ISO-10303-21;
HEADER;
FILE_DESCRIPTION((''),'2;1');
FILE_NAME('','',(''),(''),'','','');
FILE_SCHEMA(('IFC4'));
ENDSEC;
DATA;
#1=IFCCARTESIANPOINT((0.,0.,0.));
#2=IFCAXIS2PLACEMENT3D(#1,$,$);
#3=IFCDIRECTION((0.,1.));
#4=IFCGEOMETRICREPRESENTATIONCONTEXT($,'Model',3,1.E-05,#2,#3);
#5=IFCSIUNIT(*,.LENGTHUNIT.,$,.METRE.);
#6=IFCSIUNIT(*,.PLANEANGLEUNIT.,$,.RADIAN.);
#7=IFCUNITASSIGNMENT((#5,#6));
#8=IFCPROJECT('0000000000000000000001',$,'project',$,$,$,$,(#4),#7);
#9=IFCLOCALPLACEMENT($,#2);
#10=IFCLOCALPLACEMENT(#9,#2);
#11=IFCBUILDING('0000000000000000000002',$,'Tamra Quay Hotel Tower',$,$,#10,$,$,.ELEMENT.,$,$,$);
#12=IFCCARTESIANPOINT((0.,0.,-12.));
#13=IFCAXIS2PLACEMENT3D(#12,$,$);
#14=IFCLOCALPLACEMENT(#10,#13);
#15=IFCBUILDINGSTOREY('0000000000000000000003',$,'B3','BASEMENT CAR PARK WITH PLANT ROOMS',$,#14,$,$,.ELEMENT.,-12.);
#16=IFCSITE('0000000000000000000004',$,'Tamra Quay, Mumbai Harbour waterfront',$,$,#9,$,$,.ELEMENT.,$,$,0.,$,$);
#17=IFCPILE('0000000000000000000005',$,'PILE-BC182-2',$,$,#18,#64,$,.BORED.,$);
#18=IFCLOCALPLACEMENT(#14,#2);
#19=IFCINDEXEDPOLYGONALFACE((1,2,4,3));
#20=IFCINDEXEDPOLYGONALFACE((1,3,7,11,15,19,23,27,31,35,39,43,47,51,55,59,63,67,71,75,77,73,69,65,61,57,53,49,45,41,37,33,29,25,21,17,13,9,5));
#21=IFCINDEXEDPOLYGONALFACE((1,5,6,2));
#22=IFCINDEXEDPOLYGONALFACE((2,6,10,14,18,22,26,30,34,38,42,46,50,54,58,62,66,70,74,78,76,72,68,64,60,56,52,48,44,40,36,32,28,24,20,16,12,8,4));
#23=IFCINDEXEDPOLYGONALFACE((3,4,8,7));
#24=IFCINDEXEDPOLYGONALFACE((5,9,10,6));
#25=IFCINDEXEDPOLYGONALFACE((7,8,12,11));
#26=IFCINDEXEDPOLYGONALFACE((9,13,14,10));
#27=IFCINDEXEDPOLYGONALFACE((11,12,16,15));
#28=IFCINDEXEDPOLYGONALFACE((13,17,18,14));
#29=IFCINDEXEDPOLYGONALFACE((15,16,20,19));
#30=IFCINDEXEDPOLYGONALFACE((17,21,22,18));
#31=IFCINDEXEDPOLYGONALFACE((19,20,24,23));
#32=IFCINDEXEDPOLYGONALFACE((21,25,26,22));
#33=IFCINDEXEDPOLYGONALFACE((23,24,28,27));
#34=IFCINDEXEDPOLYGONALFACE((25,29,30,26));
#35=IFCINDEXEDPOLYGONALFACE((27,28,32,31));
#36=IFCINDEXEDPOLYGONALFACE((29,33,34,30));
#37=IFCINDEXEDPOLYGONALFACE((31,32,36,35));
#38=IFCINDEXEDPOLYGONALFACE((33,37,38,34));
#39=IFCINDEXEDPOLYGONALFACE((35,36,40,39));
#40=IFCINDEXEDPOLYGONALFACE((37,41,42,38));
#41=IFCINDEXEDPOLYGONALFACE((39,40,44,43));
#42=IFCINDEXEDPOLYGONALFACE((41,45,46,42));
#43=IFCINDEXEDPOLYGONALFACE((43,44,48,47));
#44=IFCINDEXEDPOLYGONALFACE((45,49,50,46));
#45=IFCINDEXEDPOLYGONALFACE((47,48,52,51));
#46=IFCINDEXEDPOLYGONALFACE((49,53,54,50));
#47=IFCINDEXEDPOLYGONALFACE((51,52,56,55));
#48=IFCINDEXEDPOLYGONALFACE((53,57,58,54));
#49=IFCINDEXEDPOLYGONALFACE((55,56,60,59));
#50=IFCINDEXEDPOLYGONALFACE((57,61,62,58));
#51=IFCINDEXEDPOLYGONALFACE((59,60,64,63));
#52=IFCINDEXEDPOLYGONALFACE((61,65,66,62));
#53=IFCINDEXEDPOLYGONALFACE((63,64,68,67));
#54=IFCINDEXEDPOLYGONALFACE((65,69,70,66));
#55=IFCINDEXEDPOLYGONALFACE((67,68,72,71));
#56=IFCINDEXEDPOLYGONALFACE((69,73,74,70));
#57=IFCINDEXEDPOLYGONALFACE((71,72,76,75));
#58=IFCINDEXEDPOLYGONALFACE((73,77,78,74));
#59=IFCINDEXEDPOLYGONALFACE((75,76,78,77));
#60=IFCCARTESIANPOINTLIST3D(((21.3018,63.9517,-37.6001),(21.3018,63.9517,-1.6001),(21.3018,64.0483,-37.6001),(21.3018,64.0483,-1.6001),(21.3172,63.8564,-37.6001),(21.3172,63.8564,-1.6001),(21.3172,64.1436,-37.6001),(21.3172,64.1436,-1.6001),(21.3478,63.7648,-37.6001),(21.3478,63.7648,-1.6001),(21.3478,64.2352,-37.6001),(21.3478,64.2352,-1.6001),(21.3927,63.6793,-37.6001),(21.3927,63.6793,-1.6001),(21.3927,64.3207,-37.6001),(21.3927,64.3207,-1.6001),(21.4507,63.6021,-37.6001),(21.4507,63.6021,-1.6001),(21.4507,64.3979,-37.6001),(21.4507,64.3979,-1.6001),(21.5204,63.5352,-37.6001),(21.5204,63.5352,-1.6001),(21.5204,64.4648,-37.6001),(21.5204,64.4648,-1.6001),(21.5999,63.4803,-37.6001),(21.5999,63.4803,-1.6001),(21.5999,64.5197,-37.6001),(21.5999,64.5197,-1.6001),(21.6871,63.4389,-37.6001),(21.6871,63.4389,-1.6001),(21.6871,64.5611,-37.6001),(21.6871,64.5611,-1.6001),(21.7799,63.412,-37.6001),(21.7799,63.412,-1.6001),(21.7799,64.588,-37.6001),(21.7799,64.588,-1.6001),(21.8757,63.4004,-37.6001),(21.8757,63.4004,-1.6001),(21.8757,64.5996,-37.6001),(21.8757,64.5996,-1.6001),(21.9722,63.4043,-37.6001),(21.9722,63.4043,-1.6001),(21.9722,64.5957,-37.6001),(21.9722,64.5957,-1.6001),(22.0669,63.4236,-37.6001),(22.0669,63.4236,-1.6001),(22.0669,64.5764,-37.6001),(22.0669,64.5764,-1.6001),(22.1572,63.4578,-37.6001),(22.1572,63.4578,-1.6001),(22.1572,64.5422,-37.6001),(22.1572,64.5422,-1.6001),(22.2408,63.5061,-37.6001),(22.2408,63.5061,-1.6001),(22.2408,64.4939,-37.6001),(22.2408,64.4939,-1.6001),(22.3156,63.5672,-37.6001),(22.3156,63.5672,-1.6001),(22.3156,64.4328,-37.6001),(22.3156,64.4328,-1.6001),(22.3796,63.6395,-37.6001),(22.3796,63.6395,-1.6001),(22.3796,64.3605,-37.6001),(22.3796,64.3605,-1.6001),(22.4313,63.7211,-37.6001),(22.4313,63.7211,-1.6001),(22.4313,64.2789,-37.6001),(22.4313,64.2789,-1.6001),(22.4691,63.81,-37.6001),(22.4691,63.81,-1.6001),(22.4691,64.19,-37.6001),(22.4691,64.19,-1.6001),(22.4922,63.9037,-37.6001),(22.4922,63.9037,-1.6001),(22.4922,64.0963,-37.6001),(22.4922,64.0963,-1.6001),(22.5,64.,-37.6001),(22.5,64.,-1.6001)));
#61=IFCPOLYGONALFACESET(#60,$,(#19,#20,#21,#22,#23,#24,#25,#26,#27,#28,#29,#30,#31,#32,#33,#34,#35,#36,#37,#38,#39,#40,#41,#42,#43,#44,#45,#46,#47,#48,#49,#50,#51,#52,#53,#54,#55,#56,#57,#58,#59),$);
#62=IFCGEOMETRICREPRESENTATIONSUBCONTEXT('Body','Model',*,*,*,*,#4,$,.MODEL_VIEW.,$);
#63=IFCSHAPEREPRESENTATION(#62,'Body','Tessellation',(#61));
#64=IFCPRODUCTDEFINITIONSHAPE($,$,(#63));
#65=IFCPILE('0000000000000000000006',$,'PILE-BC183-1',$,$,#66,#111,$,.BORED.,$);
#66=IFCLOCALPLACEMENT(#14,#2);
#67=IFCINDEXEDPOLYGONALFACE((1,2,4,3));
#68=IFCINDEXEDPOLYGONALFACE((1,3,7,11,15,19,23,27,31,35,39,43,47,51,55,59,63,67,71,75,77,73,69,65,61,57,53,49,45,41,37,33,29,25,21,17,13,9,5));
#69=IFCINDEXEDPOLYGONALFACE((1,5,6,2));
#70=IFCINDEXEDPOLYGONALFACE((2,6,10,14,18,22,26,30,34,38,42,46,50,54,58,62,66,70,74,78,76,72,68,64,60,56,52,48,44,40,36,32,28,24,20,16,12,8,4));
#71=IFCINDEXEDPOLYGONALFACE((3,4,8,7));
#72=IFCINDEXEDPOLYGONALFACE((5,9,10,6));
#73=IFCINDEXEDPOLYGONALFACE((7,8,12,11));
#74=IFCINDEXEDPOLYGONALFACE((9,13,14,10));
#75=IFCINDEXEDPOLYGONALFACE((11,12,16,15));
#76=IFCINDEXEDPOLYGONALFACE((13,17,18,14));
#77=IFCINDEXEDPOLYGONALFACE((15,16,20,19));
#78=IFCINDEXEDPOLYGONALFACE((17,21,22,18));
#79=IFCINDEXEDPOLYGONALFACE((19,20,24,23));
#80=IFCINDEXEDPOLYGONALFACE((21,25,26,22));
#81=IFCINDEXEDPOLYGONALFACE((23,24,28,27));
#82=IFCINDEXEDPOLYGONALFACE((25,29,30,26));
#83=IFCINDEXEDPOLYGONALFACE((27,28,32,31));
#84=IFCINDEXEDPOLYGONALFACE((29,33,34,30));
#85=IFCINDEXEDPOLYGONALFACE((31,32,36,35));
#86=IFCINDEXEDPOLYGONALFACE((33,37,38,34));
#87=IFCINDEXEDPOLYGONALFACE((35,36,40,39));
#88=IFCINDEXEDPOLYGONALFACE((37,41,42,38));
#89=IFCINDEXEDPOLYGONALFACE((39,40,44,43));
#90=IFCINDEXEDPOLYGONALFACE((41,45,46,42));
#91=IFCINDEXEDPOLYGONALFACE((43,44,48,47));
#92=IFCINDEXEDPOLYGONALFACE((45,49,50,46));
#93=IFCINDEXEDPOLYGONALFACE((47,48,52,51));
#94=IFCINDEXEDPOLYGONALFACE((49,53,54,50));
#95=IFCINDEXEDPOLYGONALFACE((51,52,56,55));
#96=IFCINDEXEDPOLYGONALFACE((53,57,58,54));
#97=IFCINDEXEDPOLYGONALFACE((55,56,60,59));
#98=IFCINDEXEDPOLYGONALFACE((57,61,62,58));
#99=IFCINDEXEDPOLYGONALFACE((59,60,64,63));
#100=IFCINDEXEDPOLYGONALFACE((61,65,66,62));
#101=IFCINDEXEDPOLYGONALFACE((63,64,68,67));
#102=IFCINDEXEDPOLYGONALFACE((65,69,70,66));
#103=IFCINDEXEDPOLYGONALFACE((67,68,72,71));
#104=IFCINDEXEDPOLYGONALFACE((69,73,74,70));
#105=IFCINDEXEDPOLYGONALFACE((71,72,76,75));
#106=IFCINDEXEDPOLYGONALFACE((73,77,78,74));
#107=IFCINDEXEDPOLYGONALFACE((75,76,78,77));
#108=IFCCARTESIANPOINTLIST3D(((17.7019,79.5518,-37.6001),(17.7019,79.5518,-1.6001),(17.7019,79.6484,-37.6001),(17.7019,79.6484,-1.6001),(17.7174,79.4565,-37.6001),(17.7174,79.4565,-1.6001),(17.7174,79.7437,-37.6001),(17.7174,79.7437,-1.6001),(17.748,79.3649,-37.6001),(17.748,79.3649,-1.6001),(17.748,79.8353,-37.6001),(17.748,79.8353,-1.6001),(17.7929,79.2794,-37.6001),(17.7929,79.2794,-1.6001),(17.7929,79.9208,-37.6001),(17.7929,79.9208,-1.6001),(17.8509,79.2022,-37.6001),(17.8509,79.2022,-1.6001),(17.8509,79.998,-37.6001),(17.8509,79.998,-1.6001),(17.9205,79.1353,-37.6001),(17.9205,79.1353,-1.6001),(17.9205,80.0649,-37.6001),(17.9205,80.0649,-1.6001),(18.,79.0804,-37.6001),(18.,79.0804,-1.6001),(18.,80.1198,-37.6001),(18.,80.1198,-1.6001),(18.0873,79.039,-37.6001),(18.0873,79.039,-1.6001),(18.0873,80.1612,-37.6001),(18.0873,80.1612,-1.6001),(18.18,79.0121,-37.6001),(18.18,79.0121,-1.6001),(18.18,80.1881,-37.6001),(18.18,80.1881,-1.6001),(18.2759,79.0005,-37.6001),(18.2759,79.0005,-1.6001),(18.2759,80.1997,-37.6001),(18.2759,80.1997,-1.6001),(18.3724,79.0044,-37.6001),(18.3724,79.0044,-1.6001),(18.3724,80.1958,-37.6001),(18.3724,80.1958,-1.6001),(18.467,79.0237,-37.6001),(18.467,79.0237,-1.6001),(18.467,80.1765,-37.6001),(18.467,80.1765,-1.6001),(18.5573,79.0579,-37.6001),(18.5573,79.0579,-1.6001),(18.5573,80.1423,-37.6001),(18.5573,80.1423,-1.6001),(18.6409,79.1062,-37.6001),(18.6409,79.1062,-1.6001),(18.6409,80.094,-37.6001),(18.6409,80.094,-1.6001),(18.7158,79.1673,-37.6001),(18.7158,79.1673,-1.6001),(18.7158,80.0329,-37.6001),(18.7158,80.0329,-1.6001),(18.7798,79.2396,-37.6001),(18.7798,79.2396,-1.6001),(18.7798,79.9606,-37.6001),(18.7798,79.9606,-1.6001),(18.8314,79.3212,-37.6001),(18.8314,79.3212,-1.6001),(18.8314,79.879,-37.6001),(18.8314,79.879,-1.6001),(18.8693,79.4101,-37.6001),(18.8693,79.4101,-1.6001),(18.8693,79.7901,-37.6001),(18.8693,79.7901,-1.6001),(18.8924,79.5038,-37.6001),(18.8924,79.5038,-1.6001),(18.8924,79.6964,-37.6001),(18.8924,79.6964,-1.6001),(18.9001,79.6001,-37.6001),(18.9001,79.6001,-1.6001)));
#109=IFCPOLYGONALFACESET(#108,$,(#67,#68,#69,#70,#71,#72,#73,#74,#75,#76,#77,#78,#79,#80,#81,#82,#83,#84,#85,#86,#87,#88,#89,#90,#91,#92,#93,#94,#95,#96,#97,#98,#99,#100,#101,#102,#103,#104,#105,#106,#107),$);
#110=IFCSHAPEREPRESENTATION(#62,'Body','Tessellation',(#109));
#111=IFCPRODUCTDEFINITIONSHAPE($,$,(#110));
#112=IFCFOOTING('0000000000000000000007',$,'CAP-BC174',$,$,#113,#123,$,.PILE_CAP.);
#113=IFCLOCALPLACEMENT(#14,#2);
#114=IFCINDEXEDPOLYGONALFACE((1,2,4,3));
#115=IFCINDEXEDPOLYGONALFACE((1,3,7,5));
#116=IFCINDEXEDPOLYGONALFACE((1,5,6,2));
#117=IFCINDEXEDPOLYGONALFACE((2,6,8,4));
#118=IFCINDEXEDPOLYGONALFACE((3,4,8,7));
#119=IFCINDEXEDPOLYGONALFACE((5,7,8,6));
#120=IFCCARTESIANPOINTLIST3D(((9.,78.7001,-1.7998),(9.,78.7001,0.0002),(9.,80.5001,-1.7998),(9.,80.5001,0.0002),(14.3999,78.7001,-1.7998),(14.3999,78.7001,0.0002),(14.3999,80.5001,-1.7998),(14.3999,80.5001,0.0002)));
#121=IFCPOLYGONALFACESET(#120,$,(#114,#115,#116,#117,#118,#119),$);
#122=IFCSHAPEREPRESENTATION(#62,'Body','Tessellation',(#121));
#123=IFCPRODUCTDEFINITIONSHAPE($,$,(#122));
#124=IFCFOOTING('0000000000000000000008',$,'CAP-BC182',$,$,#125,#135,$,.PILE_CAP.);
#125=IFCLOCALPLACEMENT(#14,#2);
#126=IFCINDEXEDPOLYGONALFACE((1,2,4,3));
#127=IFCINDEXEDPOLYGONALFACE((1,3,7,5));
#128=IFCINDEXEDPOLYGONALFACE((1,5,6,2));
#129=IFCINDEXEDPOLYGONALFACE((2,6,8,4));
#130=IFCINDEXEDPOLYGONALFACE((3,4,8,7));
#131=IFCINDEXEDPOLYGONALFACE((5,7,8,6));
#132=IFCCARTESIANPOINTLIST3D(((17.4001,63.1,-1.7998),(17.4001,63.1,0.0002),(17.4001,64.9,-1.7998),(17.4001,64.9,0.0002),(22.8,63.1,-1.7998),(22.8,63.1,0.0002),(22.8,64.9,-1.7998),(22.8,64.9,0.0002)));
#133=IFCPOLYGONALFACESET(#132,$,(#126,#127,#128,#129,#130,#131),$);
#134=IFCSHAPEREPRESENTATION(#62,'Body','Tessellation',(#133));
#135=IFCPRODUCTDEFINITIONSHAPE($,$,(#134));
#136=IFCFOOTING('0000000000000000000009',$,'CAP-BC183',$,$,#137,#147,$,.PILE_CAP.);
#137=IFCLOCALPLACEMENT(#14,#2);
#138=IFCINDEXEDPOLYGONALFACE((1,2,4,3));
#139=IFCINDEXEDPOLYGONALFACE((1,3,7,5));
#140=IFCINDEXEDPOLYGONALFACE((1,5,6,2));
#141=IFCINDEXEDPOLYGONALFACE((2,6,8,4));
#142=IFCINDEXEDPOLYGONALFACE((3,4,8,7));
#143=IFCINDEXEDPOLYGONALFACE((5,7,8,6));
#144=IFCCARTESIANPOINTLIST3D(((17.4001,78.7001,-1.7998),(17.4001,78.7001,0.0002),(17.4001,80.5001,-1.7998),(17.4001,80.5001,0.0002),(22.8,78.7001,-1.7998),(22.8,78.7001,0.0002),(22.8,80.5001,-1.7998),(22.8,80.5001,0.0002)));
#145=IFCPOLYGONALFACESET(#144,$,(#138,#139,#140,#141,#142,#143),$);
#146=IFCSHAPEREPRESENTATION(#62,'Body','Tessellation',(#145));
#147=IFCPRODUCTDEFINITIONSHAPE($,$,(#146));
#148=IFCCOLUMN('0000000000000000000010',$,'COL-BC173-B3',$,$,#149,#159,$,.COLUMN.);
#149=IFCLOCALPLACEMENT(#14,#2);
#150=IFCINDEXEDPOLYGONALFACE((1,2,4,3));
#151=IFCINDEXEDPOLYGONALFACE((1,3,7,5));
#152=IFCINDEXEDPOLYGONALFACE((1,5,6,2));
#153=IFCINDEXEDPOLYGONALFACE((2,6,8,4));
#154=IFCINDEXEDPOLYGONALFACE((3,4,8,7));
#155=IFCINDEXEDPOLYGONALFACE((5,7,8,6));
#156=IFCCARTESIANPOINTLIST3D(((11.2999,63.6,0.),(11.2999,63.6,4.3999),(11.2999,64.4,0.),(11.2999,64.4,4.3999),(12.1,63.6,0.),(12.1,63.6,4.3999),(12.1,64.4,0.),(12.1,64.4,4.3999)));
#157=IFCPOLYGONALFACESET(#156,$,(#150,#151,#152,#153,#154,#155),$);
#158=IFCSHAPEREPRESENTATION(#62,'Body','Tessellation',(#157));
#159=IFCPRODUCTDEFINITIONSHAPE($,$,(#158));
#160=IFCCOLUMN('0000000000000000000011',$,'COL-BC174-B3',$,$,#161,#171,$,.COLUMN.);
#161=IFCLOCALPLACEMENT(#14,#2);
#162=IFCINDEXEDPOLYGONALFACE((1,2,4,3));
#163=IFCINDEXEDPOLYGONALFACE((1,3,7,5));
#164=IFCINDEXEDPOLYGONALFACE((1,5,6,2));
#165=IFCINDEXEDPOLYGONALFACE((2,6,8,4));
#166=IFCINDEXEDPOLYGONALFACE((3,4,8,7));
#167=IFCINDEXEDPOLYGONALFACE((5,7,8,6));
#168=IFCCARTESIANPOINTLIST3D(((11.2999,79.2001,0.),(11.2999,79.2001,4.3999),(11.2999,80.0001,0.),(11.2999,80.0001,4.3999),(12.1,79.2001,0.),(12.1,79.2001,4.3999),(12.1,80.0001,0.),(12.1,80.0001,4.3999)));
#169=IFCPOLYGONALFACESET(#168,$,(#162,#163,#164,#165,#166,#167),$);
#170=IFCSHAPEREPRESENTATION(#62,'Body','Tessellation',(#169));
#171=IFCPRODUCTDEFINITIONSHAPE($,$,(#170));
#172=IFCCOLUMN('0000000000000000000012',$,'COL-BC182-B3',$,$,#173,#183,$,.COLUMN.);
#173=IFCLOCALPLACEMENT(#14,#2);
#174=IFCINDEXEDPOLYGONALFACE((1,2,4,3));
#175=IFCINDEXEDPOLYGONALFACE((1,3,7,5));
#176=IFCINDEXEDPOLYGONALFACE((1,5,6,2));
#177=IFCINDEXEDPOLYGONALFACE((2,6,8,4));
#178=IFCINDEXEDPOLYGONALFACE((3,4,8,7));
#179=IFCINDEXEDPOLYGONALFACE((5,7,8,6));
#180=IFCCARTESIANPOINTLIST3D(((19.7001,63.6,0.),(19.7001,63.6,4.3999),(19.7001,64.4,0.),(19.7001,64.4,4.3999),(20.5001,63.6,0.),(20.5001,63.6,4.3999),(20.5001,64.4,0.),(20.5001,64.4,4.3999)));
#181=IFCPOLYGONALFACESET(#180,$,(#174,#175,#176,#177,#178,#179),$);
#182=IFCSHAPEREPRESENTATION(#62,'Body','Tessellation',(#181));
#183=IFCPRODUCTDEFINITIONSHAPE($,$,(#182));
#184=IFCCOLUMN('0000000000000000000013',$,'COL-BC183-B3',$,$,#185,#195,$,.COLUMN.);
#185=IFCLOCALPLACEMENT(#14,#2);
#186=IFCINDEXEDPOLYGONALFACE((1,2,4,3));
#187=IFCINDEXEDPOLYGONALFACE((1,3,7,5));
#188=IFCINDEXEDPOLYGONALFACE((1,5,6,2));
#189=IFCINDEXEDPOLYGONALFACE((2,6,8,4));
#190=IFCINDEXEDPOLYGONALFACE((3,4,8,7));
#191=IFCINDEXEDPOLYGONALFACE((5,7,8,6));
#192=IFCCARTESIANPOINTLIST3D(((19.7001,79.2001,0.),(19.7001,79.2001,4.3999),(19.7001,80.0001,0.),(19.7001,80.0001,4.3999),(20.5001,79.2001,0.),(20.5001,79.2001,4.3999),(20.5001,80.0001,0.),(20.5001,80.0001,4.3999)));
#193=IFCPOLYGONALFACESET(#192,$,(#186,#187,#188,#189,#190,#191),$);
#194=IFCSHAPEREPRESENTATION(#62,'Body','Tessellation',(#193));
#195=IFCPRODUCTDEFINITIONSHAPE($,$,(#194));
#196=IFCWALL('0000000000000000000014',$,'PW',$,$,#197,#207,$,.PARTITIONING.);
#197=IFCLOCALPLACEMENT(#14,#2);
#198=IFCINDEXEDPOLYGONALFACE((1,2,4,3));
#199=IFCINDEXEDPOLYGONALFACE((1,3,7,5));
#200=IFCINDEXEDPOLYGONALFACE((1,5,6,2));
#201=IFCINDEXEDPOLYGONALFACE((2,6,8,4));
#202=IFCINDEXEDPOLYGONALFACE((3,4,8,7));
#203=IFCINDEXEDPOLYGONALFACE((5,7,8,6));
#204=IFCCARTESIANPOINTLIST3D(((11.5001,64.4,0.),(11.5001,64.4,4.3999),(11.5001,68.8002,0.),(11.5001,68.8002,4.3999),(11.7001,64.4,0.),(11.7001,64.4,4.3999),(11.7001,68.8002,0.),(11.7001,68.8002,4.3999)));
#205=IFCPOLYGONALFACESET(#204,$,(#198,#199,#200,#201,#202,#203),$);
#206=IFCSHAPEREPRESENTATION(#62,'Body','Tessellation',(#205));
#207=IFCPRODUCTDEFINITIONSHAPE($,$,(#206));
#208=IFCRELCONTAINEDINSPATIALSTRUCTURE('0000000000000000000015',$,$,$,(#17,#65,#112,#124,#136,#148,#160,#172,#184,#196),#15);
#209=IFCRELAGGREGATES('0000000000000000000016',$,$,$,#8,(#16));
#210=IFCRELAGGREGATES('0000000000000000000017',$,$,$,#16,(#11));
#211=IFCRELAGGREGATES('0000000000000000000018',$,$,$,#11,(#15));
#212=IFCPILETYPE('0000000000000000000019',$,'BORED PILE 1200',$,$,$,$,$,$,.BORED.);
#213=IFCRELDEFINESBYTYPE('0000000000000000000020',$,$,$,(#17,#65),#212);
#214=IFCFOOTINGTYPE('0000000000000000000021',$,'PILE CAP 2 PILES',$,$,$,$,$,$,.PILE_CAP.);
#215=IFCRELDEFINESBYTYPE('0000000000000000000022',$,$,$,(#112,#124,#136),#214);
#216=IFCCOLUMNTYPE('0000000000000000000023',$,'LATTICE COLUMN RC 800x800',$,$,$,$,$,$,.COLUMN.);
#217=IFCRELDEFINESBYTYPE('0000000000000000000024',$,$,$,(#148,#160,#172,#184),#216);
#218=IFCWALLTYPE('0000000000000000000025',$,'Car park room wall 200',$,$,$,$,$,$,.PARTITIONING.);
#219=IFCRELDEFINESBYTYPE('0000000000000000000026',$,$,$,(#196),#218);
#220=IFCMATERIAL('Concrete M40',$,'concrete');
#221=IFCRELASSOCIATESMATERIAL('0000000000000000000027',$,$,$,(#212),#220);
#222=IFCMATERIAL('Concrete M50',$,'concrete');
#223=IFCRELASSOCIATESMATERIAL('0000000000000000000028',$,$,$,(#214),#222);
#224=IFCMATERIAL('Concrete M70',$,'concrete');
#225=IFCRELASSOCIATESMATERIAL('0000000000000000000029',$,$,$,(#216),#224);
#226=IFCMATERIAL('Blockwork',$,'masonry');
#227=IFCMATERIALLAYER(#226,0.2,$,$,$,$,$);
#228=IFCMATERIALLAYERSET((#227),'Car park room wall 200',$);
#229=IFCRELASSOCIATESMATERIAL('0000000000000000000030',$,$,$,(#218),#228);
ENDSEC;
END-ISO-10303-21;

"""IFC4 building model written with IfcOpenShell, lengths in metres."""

from ifc_helpers import new_model, si_unit, direction, frame, frame_2d, origin, origin_2d, place, context, subcontext, project, spatial, rectangle, circle, extrude, material, layer, layer_set, material_profile, profile_set, type_object, element, save


model = new_model("IFC4")

# Units and contexts
model_context = context("Model", 3, precision=1e-05, world=origin(), true_north=direction((0.0, 1.0)))
body_context = subcontext(model_context, "Body", "Model", "MODEL_VIEW")
ifc_project = project(units=[si_unit("LENGTHUNIT", "METRE"), si_unit("PLANEANGLEUNIT", "RADIAN")], contexts=[model_context])

# Site, building, storey
site_placement = place(None, origin())
site = spatial("IfcSite", under=ifc_project, at=site_placement, Name="Tamra Quay, Mumbai Harbour waterfront", CompositionType="ELEMENT", RefElevation=0.0)
building_placement = place(site_placement, origin())
building = spatial("IfcBuilding", under=site, at=building_placement, Name="Tamra Quay Hotel Tower", CompositionType="ELEMENT")
storey_placement = place(building_placement, frame((0.0, 0.0, -12.0)))
storey = spatial("IfcBuildingStorey", under=building, at=storey_placement, Name="B3", Description="BASEMENT CAR PARK WITH PLANT ROOMS", CompositionType="ELEMENT", Elevation=-12.0)

# Piles
ifc_material_1 = material(Name="Concrete M40", Category="concrete")
ifc_material_profile_1 = material_profile(ifc_material_1, circle(Radius=0.6001, at=origin_2d()), Name="BORED PILE 1200")
ifc_profile_set_1 = profile_set([ifc_material_profile_1], Name="Concrete M40")
pile_type = type_object("IfcPileType", Name="BORED PILE 1200", PredefinedType="BORED", material=ifc_profile_set_1)
for number, where, z_axis, x_axis, name in (
    (1, (21.8999, 64.0, -1.6001), (0.0, 0.0, -1.0), (1.0, 0.0, 0.0), "PILE-BC182-2"),
    (2, (18.3, 79.6001, -1.6001), (0.0, 0.0, -1.0), (1.0, 0.0, 0.0), "PILE-BC183-1"),
):
    element("IfcPile", number, at=place(storey_placement, frame(where, z_axis=z_axis, x_axis=x_axis)), inside=storey, type_object=pile_type, Name=name, PredefinedType="BORED", context=body_context, shape_type="SweptSolid", body=[
        extrude(circle(Radius=0.6001, at=origin_2d()), origin(), (0.0, 0.0, 1.0), 36.0),
    ])

# Footings
ifc_material_2 = material(Name="Concrete M50", Category="concrete")
footing_type = type_object("IfcFootingType", Name="PILE CAP 2 PILES", PredefinedType="PILE_CAP", material=ifc_material_2)
for number, where, z_axis, x_axis, name in (
    (3, (11.7, 79.6001, -1.7998), (0.0, 0.0, 1.0), (1.0, 0.0, 0.0), "CAP-BC174"),
    (4, (20.1001, 64.0, -1.7998), (0.0, 0.0, 1.0), (1.0, 0.0, 0.0), "CAP-BC182"),
    (5, (20.1001, 79.6001, -1.7998), (0.0, 0.0, 1.0), (1.0, 0.0, 0.0), "CAP-BC183"),
):
    element("IfcFooting", number, at=place(storey_placement, frame(where, z_axis=z_axis, x_axis=x_axis)), inside=storey, type_object=footing_type, Name=name, PredefinedType="PILE_CAP", context=body_context, shape_type="SweptSolid", body=[
        extrude(rectangle(XDim=5.3999, YDim=1.8, at=origin_2d()), origin(), (0.0, 0.0, 1.0), 1.8),
    ])

# Columns
ifc_material_3 = material(Name="Concrete M70", Category="concrete")
ifc_material_profile_2 = material_profile(ifc_material_3, rectangle(XDim=0.8, YDim=0.8, at=origin_2d()), Name="LATTICE COLUMN RC 800x800")
ifc_profile_set_2 = profile_set([ifc_material_profile_2], Name="Concrete M70")
column_type = type_object("IfcColumnType", Name="LATTICE COLUMN RC 800x800", PredefinedType="COLUMN", material=ifc_profile_set_2)
for number, where, z_axis, x_axis, name in (
    (6, (11.7, 64.0, 0.0), (0.0, 0.0, 1.0), (1.0, 0.0, 0.0), "COL-BC173-B3"),
    (7, (11.7, 79.6001, 0.0), (0.0, 0.0, 1.0), (1.0, 0.0, 0.0), "COL-BC174-B3"),
    (8, (20.1001, 64.0, 0.0), (0.0, 0.0, 1.0), (1.0, 0.0, 0.0), "COL-BC182-B3"),
    (9, (20.1001, 79.6001, 0.0), (0.0, 0.0, 1.0), (1.0, 0.0, 0.0), "COL-BC183-B3"),
):
    element("IfcColumn", number, at=place(storey_placement, frame(where, z_axis=z_axis, x_axis=x_axis)), inside=storey, type_object=column_type, Name=name, PredefinedType="COLUMN", context=body_context, shape_type="SweptSolid", body=[
        extrude(rectangle(XDim=0.8, YDim=0.8, at=origin_2d()), origin(), (0.0, 0.0, 1.0), 4.3999),
    ])

# Wall
ifc_material_4 = material(Name="Blockwork", Category="masonry")
ifc_layer_1 = layer(ifc_material_4, 0.2)
ifc_layer_set_1 = layer_set([ifc_layer_1], Name="Car park room wall 200")
wall_type_1 = type_object("IfcWallType", Name="Car park room wall 200", PredefinedType="PARTITIONING", material=ifc_layer_set_1)
wall_1_placement = place(storey_placement, frame((11.6001, 64.3999, 0.0), z_axis=(0.0, 0.0, 1.0), x_axis=(0.0, 1.0, 0.0)))
element("IfcWall", 10, at=wall_1_placement, inside=storey, type_object=wall_type_1, Name="PW", PredefinedType="PARTITIONING", context=body_context, shape_type="SweptSolid", body=[
    extrude(rectangle(XDim=4.4001, YDim=0.2, at=frame_2d((2.2002, 0.0))), origin(), (0.0, 0.0, 1.0), 4.3999),
])

save(model, "model.ifc")
